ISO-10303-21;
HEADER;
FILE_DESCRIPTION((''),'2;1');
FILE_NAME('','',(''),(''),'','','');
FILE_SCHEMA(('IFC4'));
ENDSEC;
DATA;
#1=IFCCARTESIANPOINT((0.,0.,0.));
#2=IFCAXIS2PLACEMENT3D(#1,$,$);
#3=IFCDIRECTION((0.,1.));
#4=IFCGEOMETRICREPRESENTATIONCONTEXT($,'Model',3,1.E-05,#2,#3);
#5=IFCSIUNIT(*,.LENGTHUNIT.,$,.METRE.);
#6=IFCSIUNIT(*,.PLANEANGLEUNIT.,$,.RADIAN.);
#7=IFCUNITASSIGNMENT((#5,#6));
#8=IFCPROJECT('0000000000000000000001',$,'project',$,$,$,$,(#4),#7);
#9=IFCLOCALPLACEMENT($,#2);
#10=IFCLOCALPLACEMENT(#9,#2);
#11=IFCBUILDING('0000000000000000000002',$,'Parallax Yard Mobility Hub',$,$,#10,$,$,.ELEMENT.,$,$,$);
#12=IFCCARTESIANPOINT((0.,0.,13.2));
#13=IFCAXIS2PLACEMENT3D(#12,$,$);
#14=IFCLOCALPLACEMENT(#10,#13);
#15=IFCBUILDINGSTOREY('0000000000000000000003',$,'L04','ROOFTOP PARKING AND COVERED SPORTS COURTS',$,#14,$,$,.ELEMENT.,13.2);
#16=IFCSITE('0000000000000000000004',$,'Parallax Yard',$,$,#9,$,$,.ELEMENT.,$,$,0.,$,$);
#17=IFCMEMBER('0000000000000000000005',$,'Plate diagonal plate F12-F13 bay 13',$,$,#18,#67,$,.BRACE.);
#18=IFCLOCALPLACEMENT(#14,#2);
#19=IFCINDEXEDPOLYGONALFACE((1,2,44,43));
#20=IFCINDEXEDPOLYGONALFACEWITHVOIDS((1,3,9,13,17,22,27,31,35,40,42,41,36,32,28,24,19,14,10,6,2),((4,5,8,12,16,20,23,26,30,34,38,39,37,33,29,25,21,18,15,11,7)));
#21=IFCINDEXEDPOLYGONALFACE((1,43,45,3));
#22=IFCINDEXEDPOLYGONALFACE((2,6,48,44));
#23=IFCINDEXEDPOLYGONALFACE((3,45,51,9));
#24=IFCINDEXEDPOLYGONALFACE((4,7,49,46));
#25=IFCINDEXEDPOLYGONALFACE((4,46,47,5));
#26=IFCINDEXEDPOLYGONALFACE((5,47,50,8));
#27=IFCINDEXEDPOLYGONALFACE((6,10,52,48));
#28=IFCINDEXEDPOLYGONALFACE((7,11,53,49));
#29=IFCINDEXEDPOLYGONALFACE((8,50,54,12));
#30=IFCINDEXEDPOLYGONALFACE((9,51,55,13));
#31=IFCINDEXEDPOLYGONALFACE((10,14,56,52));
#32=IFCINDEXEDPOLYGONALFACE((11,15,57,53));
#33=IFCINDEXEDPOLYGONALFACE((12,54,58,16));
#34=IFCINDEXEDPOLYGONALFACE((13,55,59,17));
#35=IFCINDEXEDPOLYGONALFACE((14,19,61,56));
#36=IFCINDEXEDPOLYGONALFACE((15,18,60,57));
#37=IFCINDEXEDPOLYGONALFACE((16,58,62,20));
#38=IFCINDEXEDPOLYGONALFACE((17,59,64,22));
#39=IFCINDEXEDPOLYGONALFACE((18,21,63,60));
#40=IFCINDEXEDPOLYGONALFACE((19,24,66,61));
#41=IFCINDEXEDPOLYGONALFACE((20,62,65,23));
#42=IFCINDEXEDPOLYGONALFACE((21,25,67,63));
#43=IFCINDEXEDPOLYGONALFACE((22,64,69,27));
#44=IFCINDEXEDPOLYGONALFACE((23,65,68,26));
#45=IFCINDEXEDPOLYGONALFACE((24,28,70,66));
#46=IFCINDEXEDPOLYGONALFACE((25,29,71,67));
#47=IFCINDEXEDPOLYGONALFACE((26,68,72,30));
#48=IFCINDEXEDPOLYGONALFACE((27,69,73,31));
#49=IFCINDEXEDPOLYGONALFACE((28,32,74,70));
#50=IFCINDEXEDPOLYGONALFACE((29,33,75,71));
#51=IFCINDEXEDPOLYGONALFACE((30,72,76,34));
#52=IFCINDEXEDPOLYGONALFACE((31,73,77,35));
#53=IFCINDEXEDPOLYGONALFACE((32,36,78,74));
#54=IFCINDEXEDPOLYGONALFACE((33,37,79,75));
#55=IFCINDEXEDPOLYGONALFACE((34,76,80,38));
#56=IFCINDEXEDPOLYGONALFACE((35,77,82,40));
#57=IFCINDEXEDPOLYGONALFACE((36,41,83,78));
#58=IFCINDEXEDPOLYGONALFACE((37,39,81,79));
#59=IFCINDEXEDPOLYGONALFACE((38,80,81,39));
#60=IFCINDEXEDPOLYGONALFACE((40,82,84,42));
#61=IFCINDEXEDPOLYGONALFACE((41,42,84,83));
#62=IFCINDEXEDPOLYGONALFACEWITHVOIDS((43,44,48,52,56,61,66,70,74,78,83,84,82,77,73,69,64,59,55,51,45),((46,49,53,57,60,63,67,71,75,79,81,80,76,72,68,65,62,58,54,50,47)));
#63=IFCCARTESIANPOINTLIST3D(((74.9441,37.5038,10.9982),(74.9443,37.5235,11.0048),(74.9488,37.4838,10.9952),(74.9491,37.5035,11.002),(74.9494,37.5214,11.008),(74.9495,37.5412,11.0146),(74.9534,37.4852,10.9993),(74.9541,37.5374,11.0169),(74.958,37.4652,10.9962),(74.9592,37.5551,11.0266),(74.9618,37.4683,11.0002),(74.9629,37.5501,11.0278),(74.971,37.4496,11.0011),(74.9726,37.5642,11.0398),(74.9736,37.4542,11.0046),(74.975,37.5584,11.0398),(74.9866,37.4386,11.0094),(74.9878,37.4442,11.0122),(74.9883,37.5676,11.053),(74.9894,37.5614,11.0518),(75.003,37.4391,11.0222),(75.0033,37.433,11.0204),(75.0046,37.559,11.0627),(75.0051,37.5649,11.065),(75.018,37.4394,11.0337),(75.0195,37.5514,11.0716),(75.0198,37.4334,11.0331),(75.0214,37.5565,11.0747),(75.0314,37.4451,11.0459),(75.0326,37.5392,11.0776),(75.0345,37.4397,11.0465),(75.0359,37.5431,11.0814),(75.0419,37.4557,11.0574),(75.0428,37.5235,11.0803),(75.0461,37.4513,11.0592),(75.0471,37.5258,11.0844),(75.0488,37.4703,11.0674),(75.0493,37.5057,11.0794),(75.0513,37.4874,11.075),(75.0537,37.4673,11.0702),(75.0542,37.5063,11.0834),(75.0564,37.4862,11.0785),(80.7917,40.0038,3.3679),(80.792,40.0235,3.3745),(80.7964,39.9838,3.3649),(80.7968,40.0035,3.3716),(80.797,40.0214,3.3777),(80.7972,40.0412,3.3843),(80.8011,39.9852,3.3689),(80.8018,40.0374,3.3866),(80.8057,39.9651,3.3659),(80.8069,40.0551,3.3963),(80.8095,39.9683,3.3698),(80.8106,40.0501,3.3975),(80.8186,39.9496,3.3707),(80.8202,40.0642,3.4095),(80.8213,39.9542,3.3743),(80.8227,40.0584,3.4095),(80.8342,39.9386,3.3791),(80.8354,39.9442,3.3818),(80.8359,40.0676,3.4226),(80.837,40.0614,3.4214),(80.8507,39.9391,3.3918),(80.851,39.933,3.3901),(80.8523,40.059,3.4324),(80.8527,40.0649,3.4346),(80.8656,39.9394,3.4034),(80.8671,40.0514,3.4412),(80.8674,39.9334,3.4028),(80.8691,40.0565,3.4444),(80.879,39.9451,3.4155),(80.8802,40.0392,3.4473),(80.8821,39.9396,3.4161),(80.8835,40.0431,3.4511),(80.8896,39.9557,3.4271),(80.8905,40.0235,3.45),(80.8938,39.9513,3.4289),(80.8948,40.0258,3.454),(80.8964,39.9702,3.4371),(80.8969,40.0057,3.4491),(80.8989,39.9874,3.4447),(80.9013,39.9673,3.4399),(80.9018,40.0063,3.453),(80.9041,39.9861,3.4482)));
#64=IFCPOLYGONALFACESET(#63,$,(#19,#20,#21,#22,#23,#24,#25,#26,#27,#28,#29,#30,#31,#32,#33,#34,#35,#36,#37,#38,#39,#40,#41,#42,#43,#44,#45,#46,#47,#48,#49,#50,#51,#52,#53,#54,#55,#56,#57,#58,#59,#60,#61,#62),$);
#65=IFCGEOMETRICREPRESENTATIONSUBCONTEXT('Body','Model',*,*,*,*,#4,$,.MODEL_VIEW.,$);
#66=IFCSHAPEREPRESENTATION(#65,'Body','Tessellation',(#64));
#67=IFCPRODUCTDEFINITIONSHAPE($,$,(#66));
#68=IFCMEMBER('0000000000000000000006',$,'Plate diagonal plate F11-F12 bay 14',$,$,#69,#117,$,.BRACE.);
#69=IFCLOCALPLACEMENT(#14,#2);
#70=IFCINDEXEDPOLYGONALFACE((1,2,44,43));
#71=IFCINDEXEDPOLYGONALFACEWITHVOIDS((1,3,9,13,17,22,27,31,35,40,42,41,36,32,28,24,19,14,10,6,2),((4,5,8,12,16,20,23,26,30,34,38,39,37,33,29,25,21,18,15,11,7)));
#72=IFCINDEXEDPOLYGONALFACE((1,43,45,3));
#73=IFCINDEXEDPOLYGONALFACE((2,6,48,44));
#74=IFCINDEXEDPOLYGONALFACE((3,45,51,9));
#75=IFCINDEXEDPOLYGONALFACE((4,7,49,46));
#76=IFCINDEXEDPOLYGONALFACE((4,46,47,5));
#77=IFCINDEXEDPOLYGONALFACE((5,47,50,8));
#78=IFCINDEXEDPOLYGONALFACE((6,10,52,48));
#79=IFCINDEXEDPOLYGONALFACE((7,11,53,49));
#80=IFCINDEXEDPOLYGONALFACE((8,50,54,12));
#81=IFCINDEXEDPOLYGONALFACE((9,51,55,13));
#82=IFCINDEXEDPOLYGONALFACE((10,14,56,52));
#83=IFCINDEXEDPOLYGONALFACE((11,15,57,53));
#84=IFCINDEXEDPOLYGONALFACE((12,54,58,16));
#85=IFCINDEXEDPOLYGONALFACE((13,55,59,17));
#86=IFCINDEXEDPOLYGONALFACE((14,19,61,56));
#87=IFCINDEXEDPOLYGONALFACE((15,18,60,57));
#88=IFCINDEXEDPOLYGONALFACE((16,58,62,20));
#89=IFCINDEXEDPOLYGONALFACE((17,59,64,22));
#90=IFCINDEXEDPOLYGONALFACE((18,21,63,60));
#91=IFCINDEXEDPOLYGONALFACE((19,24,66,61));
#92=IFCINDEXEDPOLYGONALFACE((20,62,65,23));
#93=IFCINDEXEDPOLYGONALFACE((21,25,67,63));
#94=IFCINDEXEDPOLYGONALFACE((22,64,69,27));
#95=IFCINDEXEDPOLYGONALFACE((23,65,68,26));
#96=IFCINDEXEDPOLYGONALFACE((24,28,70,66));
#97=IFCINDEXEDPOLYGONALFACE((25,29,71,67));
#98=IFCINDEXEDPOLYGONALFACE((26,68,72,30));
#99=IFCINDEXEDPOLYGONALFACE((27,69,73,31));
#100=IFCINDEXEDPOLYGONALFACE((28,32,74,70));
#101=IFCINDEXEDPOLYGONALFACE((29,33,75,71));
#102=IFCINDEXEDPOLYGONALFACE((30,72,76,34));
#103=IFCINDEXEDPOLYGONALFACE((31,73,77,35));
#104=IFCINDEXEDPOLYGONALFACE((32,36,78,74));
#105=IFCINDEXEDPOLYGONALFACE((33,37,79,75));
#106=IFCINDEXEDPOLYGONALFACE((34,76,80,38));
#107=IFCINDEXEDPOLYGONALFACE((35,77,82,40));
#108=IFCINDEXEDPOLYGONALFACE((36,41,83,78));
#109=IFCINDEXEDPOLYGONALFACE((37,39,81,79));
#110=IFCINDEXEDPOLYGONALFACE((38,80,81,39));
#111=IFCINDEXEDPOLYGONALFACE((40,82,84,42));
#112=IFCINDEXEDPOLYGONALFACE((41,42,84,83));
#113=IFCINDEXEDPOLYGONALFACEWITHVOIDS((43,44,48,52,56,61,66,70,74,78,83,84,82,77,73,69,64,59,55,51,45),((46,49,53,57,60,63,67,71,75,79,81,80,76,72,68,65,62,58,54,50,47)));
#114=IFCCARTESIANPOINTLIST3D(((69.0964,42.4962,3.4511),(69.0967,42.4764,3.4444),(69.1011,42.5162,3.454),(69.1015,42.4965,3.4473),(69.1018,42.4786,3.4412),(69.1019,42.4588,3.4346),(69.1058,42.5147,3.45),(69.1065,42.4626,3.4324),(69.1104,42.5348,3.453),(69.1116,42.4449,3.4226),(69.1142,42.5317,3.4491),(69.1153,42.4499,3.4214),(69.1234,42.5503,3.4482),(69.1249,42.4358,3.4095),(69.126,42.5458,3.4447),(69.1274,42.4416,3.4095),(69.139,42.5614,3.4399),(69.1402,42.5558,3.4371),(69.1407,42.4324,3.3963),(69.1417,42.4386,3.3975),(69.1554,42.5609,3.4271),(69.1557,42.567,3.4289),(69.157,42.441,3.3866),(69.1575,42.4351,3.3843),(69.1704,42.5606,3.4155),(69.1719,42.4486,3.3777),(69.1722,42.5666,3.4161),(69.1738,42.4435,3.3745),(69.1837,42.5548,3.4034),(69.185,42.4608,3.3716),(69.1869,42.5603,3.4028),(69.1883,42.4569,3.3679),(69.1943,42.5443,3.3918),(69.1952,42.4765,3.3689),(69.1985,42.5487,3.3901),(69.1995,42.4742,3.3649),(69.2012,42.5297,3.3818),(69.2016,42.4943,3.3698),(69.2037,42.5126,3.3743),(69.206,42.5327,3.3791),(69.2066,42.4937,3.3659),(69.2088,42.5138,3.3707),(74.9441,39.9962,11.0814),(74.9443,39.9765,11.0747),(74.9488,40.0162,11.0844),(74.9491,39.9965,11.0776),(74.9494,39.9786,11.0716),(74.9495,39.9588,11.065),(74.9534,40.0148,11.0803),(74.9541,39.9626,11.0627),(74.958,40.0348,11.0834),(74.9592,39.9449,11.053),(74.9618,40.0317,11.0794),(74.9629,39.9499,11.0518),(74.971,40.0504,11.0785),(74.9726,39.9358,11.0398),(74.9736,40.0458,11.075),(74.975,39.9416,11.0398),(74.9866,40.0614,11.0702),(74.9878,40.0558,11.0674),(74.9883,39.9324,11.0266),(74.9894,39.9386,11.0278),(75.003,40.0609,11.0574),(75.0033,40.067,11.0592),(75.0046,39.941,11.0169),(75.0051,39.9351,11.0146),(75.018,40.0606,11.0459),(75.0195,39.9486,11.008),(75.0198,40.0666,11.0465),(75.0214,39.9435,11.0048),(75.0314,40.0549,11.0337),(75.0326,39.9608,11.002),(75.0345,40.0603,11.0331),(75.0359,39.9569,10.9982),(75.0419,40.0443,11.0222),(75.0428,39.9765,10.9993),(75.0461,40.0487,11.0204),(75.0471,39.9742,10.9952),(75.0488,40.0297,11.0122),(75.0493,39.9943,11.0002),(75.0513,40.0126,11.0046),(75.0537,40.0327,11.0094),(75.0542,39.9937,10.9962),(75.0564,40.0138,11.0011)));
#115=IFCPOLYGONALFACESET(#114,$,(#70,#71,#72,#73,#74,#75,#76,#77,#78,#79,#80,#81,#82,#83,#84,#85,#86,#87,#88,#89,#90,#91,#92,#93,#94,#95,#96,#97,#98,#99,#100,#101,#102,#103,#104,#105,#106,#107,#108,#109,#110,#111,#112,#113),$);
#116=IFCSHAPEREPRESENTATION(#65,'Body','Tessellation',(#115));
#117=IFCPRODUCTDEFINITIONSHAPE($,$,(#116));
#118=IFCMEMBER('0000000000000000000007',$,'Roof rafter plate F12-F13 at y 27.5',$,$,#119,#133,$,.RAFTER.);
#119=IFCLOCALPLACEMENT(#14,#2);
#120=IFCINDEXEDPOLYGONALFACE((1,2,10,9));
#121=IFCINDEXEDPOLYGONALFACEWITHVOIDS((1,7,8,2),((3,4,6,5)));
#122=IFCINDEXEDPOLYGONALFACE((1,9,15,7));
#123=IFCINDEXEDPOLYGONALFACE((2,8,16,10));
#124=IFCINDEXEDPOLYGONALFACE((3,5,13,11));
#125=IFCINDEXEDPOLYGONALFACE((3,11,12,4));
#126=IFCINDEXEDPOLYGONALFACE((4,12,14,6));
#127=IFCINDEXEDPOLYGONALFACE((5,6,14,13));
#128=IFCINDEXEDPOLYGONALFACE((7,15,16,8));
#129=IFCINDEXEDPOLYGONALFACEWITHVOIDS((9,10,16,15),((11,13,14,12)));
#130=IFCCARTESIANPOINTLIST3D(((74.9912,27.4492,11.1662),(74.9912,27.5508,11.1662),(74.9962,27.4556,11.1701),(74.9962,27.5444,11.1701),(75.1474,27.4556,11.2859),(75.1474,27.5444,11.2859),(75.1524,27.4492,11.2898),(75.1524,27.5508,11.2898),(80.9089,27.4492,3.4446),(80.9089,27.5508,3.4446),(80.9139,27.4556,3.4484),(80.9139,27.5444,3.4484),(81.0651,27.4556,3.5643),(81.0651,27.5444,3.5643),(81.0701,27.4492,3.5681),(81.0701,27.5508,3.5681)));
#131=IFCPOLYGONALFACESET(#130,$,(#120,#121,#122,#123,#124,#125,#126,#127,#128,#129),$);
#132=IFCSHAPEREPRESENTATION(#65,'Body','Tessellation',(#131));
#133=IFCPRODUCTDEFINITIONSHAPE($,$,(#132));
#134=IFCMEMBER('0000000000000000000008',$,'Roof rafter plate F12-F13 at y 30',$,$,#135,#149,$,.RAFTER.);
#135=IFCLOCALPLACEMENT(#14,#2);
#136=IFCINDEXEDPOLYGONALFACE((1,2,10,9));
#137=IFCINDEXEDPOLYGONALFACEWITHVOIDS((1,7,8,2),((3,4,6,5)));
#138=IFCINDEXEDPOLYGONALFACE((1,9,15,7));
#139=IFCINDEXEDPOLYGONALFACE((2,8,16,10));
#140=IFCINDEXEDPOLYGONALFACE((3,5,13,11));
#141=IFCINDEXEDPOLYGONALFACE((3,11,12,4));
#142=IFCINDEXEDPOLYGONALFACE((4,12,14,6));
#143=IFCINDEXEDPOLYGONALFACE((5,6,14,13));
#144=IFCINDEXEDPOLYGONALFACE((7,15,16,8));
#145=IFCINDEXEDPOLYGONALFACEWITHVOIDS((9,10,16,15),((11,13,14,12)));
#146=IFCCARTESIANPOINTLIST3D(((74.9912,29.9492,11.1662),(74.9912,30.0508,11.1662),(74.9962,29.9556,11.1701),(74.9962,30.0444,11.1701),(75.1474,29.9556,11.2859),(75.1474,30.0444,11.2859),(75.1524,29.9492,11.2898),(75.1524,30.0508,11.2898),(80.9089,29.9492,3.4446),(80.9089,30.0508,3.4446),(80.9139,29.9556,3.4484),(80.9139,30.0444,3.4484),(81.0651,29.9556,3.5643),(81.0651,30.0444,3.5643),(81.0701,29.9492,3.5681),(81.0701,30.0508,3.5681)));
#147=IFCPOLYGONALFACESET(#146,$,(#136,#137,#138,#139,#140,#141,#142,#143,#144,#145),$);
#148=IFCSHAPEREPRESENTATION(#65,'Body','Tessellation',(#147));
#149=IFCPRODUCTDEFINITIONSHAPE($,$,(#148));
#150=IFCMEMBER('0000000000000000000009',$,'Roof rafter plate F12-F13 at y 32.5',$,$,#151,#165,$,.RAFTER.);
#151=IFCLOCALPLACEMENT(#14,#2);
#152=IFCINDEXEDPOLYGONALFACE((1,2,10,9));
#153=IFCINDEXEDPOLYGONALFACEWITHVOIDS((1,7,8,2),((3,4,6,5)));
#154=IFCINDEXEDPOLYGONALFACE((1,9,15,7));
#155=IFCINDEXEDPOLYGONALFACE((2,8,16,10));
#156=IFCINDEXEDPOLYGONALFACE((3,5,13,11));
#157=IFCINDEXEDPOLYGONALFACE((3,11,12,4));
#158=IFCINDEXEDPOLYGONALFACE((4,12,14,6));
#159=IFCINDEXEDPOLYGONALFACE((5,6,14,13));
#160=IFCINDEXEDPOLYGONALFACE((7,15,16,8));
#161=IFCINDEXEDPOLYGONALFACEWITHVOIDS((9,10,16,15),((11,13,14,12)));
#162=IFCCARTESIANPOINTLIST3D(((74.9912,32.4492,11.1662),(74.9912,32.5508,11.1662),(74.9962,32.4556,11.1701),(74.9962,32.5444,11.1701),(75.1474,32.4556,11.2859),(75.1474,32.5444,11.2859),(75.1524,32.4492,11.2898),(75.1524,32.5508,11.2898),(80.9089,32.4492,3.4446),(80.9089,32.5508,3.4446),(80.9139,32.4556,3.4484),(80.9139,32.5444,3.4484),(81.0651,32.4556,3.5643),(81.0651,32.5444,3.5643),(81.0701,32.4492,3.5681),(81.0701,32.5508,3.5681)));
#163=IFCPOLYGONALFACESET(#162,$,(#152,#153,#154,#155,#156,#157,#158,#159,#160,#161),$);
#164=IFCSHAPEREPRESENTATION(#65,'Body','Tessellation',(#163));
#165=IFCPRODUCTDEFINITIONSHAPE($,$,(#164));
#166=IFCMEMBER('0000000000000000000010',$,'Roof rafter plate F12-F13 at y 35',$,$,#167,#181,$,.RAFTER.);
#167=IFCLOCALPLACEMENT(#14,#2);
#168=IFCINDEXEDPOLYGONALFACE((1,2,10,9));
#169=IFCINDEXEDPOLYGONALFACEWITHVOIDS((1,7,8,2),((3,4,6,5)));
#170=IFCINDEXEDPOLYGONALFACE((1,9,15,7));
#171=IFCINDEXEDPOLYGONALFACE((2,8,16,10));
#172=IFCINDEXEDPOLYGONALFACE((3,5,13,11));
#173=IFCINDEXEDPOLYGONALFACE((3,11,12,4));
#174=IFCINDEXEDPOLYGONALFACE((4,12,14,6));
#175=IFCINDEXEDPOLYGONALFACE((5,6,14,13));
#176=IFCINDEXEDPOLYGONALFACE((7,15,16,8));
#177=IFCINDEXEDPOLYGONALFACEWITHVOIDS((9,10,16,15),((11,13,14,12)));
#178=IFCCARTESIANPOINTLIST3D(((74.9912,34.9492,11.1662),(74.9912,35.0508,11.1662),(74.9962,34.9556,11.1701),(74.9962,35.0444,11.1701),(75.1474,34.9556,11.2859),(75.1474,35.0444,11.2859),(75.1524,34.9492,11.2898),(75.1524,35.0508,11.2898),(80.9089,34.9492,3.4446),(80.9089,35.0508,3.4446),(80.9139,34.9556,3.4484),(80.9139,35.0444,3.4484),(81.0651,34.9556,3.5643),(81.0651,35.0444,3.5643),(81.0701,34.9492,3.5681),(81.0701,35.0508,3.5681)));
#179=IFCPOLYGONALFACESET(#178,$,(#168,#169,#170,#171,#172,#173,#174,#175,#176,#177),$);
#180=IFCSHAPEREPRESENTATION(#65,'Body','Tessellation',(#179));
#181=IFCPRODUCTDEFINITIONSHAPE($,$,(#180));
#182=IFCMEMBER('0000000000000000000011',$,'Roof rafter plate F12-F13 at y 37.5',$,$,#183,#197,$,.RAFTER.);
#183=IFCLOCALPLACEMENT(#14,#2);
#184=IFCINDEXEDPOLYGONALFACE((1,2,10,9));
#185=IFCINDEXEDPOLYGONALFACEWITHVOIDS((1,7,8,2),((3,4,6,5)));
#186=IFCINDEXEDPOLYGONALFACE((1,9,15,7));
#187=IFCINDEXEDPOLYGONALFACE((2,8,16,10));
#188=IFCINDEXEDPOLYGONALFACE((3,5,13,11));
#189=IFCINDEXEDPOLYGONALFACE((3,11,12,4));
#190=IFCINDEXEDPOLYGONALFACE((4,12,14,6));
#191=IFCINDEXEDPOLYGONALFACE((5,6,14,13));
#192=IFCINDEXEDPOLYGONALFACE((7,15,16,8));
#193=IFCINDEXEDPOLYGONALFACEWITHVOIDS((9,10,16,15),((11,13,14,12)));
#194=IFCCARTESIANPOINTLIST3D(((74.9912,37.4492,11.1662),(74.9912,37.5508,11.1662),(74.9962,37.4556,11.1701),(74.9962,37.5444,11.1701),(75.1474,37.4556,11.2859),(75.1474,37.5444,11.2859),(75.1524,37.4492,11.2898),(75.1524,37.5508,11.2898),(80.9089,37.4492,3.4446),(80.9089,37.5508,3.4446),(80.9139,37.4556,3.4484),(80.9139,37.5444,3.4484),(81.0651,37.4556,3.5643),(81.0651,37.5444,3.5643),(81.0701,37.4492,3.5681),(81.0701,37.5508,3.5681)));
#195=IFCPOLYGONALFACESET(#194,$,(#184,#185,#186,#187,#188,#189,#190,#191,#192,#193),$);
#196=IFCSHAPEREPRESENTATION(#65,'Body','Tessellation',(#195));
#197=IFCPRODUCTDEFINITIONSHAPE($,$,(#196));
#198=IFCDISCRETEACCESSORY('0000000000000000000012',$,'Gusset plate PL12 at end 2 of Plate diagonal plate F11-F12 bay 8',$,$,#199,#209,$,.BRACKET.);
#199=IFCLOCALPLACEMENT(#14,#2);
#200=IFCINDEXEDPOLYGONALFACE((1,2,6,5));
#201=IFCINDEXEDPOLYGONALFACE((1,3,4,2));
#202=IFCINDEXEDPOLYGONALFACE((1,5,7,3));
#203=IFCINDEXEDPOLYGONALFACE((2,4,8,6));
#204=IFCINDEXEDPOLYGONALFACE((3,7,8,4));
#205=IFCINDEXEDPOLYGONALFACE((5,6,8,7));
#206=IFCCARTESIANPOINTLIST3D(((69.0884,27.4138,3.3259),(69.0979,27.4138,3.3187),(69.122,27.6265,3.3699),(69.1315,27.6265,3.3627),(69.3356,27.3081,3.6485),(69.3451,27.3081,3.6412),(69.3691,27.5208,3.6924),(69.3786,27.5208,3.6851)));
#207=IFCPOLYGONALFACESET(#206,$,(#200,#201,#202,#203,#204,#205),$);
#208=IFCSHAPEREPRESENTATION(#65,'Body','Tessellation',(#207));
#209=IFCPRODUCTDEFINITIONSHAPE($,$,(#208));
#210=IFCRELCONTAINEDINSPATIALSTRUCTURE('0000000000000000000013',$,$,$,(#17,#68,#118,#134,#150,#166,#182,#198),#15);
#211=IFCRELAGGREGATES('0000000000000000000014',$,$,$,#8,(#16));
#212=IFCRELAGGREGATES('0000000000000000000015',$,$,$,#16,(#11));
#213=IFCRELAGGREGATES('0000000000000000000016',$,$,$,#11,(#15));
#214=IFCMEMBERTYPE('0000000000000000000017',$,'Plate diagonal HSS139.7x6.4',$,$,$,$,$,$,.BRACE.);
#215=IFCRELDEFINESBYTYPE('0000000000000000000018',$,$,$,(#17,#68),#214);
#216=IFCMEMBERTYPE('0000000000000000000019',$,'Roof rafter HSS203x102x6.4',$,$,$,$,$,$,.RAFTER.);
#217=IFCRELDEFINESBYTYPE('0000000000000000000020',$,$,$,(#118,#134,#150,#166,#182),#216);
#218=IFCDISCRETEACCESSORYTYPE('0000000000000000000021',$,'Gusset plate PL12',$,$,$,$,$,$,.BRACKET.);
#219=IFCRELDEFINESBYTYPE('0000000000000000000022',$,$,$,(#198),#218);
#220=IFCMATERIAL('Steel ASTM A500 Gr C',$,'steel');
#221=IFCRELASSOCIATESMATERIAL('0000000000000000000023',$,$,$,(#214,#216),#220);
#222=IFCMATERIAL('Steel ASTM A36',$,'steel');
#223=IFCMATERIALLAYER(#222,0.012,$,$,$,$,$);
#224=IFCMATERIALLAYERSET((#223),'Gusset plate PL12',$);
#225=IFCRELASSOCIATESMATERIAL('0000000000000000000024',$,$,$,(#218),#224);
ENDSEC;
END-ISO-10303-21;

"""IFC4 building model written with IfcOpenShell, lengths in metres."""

from ifc_helpers import new_model, si_unit, direction, frame, origin, origin_2d, place, context, subcontext, project, spatial, polyline, hollow_rectangle, hollow_circle, outline, extrude, material, layer, layer_set, material_profile, profile_set, type_object, element, save


model = new_model("IFC4")

# Units and contexts
model_context = context("Model", 3, precision=1e-05, world=origin(), true_north=direction((0.0, 1.0)))
body_context = subcontext(model_context, "Body", "Model", "MODEL_VIEW")
ifc_project = project(units=[si_unit("LENGTHUNIT", "METRE"), si_unit("PLANEANGLEUNIT", "RADIAN")], contexts=[model_context])

# Site, building, storey
site_placement = place(None, origin())
site = spatial("IfcSite", under=ifc_project, at=site_placement, Name="Parallax Yard", CompositionType="ELEMENT", RefElevation=0.0)
building_placement = place(site_placement, origin())
building = spatial("IfcBuilding", under=site, at=building_placement, Name="Parallax Yard Mobility Hub", CompositionType="ELEMENT")
storey_placement = place(building_placement, frame((0.0, 0.0, 13.2)))
storey = spatial("IfcBuildingStorey", under=building, at=storey_placement, Name="L04", Description="ROOFTOP PARKING AND COVERED SPORTS COURTS", CompositionType="ELEMENT", Elevation=13.2)

# Members
ifc_material_1 = material(Name="Steel ASTM A500 Gr C", Category="steel")
ifc_material_profile_1 = material_profile(ifc_material_1, hollow_circle(Radius=0.0698, WallThickness=0.0063, at=origin_2d()), Name="HSS139.7x6.4")
ifc_profile_set_1 = profile_set([ifc_material_profile_1], Name="Steel ASTM A500 Gr C")
member_type_1 = type_object("IfcMemberType", Name="Plate diagonal HSS139.7x6.4", PredefinedType="BRACE", material=ifc_profile_set_1)
for number, where, z_axis, x_axis, name in (
    (1, (75.0, 37.5, 11.0398), (0.588701, 0.251682, -0.768172), (-0.393104, 0.919494, 0.0), "Plate diagonal plate F12-F13 bay 13"),
    (2, (75.0, 40.0, 11.0398), (-0.588701, 0.251682, -0.768172), (-0.393104, -0.919494, 0.0), "Plate diagonal plate F11-F12 bay 14"),
):
    element("IfcMember", number, at=place(storey_placement, frame(where, z_axis=z_axis, x_axis=x_axis)), inside=storey, type_object=member_type_1, Name=name, PredefinedType="BRACE", context=body_context, shape_type="SweptSolid", body=[
        extrude(hollow_circle(Radius=0.0698, WallThickness=0.0063, at=origin_2d()), origin(), (0.0, 0.0, 1.0), 9.9331),
    ])
ifc_material_profile_2 = material_profile(ifc_material_1, hollow_rectangle(XDim=0.1016, YDim=0.2031, WallThickness=0.0063, at=origin_2d()), Name="HSS203x102x6.4")
ifc_profile_set_2 = profile_set([ifc_material_profile_2], Name="Steel ASTM A500 Gr C")
member_type_2 = type_object("IfcMemberType", Name="Roof rafter HSS203x102x6.4", PredefinedType="RAFTER", material=ifc_profile_set_2)
for number, where, z_axis, x_axis, name in (
    (3, (75.0718, 27.5, 11.228), (0.608287, 0.0, -0.793717), (0.0, 1.0, 0.0), "Roof rafter plate F12-F13 at y 27.5"),
    (4, (75.0718, 30.0, 11.228), (0.608287, 0.0, -0.793717), (0.0, 1.0, 0.0), "Roof rafter plate F12-F13 at y 30"),
    (5, (75.0718, 32.5, 11.228), (0.608287, 0.0, -0.793717), (0.0, 1.0, 0.0), "Roof rafter plate F12-F13 at y 32.5"),
    (6, (75.0718, 35.0, 11.228), (0.608287, 0.0, -0.793717), (0.0, 1.0, 0.0), "Roof rafter plate F12-F13 at y 35"),
    (7, (75.0718, 37.5, 11.228), (0.608287, 0.0, -0.793717), (0.0, 1.0, 0.0), "Roof rafter plate F12-F13 at y 37.5"),
):
    element("IfcMember", number, at=place(storey_placement, frame(where, z_axis=z_axis, x_axis=x_axis)), inside=storey, type_object=member_type_2, Name=name, PredefinedType="RAFTER", context=body_context, shape_type="SweptSolid", body=[
        extrude(hollow_rectangle(XDim=0.1016, YDim=0.2031, WallThickness=0.0063, at=origin_2d()), origin(), (0.0, 0.0, 1.0), 9.7285),
    ])

# Discrete accessory
ifc_material_2 = material(Name="Steel ASTM A36", Category="steel")
ifc_layer = layer(ifc_material_2, 0.012)
ifc_layer_set = layer_set([ifc_layer], Name="Gusset plate PL12")
discrete_accessory_type = type_object("IfcDiscreteAccessoryType", Name="Gusset plate PL12", PredefinedType="BRACKET", material=ifc_layer_set)
discrete_accessory_1_placement = place(storey_placement, frame((69.3691, 27.5208, 3.6924), z_axis=(-0.793746, -0.000396, 0.608249), x_axis=(-0.588727, 0.251818, -0.768107)))
element("IfcDiscreteAccessory", 8, at=discrete_accessory_1_placement, inside=storey, type_object=discrete_accessory_type, Name="Gusset plate PL12 at end 2 of Plate diagonal plate F11-F12 bay 8", PredefinedType="BRACKET", context=body_context, shape_type="SweptSolid", body=[
    extrude(outline(polyline([(0.0, 0.0), (0.4198, 0.0), (0.4198, 0.2197), (-0.0001, 0.2197), (0.0, 0.0)])), origin(), (0.0, 0.0, -1.0), 0.012),
])

save(model, "model.ifc")
